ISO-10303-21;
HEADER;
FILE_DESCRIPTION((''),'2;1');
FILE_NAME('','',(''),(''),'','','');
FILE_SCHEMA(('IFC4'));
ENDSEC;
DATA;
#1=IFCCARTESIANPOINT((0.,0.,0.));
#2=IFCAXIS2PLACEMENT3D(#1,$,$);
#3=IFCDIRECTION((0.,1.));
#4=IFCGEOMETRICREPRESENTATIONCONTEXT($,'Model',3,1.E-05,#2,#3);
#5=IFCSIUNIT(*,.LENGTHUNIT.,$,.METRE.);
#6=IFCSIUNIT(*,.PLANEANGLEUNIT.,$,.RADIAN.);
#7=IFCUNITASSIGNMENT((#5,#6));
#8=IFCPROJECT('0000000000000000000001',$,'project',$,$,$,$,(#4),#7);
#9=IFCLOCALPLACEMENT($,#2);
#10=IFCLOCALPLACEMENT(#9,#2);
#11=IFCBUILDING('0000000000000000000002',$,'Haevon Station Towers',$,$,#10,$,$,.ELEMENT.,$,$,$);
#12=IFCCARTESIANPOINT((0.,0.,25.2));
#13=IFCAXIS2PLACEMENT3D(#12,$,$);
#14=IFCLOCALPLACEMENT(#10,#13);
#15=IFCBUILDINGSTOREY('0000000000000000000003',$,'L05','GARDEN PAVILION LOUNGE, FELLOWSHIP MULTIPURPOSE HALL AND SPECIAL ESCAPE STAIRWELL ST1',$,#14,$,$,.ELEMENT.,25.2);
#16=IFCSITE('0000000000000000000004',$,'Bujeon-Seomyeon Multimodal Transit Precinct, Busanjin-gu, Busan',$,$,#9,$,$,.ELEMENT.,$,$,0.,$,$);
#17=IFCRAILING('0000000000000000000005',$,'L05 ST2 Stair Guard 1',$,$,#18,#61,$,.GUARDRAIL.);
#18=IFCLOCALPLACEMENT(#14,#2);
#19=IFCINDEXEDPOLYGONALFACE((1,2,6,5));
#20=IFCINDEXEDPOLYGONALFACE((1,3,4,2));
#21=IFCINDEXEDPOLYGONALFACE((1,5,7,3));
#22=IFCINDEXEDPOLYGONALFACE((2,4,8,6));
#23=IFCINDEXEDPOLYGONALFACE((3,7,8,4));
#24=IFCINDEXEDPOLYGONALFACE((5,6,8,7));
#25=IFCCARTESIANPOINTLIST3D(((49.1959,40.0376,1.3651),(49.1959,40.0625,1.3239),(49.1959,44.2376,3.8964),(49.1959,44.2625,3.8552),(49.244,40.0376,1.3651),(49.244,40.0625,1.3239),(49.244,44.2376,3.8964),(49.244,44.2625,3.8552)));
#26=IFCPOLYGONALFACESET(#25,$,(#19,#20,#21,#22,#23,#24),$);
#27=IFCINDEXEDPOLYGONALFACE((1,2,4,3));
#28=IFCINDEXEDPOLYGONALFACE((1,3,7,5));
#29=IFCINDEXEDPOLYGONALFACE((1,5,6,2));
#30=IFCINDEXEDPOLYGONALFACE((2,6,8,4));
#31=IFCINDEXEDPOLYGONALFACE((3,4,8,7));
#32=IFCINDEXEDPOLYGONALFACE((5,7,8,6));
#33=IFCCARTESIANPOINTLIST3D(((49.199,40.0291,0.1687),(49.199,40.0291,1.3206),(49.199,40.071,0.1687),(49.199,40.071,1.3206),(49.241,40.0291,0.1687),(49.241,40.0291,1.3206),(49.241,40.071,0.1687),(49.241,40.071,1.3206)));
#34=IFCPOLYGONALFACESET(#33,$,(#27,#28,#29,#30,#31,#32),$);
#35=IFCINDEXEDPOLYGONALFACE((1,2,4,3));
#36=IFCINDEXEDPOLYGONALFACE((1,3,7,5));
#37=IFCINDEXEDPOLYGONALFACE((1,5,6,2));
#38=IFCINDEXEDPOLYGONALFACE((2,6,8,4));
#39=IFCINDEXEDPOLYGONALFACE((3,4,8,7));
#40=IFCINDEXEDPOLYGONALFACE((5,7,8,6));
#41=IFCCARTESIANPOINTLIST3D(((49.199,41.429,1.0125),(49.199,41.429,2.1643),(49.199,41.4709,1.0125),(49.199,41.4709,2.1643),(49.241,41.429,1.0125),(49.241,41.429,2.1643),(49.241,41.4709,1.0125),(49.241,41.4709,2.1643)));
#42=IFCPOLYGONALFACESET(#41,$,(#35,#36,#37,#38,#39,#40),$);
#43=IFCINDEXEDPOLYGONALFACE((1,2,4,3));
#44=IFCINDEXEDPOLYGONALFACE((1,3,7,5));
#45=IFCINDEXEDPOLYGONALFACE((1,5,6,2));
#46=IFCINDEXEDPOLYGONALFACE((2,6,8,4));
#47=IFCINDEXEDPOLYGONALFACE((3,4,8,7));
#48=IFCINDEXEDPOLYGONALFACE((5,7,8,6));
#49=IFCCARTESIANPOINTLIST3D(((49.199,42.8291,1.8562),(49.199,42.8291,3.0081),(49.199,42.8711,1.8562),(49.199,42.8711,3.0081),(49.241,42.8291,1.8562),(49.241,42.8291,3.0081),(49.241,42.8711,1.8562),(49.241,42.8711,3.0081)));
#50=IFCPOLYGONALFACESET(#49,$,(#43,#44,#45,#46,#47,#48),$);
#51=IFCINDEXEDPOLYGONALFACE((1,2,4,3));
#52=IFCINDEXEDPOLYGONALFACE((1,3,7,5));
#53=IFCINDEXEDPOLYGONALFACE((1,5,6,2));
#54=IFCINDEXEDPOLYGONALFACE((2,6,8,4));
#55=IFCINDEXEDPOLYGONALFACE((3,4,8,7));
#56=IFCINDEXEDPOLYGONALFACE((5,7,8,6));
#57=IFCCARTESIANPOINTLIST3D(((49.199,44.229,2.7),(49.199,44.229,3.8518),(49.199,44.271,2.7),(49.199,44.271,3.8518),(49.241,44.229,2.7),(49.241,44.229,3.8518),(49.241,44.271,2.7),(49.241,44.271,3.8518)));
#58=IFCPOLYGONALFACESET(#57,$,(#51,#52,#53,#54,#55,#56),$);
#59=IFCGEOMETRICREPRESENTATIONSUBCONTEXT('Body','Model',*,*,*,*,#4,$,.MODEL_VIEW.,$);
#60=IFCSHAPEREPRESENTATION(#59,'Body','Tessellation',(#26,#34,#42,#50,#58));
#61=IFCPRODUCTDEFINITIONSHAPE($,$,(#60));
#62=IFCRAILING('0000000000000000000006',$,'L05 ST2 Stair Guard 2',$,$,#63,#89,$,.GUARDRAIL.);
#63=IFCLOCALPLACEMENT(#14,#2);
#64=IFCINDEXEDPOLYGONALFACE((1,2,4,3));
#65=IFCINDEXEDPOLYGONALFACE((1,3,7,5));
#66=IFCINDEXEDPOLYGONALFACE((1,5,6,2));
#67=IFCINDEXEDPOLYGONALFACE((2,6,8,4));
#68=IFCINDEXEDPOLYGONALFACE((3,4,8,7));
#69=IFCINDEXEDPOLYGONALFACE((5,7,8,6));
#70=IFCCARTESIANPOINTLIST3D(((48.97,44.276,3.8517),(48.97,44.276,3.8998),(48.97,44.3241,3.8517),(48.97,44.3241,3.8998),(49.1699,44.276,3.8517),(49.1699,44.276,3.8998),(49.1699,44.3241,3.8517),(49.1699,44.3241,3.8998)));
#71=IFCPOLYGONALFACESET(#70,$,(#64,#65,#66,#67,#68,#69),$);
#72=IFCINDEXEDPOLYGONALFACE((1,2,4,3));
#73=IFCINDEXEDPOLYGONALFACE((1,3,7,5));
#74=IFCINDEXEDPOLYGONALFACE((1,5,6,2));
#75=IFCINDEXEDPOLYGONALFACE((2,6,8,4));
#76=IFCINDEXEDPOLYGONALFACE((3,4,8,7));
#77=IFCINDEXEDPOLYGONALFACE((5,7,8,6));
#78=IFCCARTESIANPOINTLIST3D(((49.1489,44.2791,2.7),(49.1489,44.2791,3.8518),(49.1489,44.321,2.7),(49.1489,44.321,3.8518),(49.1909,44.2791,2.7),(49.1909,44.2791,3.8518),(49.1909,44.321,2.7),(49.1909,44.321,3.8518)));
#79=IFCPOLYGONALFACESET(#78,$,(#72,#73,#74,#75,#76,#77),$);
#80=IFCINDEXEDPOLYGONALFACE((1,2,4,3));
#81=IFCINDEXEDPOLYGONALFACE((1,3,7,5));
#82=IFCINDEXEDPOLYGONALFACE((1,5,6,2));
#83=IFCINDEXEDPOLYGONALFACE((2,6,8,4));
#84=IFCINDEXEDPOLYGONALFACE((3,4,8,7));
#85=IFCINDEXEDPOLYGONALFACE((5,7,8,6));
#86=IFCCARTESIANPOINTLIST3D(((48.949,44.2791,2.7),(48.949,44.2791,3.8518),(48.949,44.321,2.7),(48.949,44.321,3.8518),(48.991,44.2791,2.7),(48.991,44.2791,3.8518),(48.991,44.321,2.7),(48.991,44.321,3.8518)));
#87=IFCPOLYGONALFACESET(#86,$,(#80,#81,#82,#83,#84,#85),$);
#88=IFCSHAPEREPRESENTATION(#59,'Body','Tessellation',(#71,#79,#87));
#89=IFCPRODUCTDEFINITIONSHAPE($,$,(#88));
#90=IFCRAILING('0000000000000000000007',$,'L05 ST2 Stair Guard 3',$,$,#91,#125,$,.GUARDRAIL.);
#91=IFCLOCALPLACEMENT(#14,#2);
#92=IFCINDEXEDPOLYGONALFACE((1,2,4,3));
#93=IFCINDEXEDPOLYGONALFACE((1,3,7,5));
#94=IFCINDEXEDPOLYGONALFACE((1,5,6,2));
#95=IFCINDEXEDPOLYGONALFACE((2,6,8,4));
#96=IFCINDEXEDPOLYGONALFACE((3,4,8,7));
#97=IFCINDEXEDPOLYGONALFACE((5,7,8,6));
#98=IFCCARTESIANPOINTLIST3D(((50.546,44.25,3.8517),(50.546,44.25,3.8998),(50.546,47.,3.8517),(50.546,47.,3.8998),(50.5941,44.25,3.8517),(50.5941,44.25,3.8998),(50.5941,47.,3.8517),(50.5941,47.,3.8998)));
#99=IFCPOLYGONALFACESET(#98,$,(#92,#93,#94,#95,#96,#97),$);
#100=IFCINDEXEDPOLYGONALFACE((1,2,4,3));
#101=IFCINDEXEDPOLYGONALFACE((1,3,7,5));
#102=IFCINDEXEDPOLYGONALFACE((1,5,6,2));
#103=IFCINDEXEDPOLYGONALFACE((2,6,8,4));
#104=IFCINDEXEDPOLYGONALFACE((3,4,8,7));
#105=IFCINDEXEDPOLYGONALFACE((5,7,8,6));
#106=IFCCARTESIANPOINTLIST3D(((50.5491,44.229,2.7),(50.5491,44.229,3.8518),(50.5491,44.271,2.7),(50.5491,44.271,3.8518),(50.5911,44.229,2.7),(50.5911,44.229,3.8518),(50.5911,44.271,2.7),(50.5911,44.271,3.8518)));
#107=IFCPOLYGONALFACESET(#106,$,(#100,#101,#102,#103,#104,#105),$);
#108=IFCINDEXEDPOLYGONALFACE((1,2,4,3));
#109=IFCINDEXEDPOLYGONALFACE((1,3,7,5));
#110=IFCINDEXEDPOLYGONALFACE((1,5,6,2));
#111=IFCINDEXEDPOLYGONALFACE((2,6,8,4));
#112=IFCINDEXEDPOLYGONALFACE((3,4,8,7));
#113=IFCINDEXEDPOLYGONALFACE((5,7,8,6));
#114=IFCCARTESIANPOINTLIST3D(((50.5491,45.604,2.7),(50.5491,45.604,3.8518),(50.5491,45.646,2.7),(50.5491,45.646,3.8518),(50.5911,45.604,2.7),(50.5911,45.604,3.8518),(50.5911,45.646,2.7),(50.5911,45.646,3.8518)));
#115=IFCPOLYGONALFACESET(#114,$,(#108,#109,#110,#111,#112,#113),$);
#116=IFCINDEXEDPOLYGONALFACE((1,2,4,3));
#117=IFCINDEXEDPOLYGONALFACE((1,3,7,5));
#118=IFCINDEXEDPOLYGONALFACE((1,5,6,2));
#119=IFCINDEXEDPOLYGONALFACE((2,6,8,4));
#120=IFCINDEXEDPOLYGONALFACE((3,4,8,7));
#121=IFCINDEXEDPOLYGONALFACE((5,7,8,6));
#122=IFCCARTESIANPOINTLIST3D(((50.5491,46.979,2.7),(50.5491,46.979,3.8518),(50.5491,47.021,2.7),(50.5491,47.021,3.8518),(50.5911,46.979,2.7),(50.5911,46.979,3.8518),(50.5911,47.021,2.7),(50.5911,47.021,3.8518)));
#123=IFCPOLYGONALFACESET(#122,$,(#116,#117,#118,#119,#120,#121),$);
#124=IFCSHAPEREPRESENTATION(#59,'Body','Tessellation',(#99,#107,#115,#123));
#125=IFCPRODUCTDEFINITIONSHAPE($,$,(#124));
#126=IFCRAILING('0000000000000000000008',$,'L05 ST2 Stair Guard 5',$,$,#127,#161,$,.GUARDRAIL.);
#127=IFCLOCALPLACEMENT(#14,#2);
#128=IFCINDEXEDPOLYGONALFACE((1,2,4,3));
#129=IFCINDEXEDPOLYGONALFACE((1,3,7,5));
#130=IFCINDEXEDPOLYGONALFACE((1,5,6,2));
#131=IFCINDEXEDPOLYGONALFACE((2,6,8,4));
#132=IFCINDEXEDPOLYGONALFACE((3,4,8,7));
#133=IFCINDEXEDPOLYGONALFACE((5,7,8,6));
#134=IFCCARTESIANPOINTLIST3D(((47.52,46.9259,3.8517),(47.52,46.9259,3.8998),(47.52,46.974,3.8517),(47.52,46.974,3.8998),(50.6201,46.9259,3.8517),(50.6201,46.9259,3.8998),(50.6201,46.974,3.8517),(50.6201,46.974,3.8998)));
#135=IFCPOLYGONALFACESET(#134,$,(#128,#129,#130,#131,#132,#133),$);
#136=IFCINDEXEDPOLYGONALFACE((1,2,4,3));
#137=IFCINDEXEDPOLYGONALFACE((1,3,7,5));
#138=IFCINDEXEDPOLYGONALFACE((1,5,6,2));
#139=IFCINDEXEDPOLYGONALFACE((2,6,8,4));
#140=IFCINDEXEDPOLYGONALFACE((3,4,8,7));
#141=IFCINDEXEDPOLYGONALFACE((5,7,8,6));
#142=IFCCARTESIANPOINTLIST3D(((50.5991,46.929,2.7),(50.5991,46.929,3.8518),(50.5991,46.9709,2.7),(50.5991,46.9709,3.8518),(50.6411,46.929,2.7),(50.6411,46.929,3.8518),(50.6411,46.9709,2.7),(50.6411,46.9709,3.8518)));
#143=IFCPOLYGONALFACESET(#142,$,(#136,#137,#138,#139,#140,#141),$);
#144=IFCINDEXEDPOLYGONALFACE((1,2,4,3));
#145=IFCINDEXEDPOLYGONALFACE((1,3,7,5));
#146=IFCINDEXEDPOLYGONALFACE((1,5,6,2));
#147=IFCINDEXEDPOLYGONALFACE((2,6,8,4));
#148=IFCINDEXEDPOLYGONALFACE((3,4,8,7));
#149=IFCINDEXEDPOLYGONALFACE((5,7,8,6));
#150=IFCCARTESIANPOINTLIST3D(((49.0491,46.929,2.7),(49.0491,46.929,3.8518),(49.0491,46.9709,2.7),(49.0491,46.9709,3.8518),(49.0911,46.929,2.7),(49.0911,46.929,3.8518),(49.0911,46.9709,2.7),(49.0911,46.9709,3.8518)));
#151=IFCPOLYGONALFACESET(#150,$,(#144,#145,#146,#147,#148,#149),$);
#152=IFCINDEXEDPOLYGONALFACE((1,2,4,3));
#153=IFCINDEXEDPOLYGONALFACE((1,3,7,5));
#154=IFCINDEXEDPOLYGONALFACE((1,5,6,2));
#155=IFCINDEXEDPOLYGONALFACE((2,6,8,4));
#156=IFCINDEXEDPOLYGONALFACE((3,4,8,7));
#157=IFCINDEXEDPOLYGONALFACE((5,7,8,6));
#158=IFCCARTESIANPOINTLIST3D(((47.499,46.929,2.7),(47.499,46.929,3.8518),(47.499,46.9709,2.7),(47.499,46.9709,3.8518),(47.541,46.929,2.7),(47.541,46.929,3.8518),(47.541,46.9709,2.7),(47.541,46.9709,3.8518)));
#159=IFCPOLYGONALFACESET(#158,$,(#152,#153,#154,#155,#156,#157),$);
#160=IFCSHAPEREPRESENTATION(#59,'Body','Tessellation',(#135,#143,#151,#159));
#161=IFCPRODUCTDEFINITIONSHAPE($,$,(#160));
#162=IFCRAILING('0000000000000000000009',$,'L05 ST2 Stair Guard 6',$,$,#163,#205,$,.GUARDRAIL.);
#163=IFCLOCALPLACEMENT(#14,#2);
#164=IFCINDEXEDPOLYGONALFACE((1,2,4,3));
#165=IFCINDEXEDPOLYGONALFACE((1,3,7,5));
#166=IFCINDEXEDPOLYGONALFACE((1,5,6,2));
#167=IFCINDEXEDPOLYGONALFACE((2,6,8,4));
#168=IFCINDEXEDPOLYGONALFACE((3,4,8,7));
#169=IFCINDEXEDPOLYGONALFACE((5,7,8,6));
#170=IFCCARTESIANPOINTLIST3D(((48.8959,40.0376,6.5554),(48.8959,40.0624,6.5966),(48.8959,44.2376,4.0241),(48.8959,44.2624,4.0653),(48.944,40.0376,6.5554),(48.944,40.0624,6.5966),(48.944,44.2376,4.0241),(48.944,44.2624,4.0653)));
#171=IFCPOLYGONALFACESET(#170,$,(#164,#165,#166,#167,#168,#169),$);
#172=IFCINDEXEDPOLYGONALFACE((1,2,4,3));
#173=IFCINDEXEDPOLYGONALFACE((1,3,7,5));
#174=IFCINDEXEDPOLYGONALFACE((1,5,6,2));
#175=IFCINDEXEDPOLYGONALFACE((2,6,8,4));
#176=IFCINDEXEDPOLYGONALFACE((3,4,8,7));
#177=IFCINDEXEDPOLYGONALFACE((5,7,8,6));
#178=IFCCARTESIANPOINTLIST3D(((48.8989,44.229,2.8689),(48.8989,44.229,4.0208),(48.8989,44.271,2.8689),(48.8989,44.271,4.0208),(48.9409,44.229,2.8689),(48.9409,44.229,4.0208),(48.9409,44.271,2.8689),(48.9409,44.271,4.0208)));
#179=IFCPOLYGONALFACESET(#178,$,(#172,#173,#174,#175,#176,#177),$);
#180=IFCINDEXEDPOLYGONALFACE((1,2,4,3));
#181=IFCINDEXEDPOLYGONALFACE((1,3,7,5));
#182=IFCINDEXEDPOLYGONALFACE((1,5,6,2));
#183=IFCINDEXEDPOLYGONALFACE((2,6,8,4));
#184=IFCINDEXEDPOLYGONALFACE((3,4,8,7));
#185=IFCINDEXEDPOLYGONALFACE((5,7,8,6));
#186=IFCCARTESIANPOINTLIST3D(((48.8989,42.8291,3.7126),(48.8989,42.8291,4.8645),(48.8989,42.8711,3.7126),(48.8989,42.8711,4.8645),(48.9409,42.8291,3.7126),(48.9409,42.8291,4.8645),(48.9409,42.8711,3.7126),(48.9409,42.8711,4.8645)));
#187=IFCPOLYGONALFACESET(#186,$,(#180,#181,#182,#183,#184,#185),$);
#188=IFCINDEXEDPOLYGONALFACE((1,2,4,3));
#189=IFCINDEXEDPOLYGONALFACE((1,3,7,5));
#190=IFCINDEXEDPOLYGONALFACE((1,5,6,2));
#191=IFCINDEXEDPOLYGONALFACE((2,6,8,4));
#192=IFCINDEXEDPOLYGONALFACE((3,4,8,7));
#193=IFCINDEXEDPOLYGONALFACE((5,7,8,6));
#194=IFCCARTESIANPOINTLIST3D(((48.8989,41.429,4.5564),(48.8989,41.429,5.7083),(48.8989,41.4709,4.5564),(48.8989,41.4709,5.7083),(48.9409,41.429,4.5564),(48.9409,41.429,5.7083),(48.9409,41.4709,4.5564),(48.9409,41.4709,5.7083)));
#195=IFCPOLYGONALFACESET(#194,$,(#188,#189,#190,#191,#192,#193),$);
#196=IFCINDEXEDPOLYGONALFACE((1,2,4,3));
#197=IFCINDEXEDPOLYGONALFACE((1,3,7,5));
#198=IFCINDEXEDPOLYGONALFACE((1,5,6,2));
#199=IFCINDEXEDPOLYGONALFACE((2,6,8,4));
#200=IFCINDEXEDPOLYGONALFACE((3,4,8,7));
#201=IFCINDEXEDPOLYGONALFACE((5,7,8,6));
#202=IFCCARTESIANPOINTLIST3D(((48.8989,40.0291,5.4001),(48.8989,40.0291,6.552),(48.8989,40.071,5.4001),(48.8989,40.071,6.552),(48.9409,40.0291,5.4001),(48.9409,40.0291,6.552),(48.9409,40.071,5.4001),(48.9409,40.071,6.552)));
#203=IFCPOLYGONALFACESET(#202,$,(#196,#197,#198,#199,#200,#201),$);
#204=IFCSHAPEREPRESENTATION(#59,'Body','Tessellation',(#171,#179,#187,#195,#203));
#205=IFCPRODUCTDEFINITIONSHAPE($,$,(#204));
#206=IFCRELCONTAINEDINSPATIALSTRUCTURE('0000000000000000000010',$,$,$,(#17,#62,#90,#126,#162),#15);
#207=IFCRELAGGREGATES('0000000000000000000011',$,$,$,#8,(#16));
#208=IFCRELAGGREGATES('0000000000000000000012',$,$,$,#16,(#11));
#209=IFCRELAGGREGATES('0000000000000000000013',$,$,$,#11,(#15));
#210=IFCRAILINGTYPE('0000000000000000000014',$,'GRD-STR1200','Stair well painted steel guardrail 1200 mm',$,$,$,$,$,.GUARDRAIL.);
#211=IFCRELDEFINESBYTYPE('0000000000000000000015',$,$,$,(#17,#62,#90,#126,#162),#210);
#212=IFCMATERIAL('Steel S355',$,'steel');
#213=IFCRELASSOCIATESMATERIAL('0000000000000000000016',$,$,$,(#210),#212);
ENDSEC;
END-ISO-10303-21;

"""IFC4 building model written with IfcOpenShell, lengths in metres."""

from ifc_helpers import new_model, si_unit, direction, frame, origin, origin_2d, place, context, subcontext, project, spatial, rectangle, extrude, material, type_object, element, save


model = new_model("IFC4")

# Units and contexts
model_context = context("Model", 3, precision=1e-05, world=origin(), true_north=direction((0.0, 1.0)))
body_context = subcontext(model_context, "Body", "Model", "MODEL_VIEW")
ifc_project = project(units=[si_unit("LENGTHUNIT", "METRE"), si_unit("PLANEANGLEUNIT", "RADIAN")], contexts=[model_context])

# Site, building, storey
site_placement = place(None, origin())
site = spatial("IfcSite", under=ifc_project, at=site_placement, Name="Bujeon-Seomyeon Multimodal Transit Precinct, Busanjin-gu, Busan", CompositionType="ELEMENT", RefElevation=0.0)
building_placement = place(site_placement, origin())
building = spatial("IfcBuilding", under=site, at=building_placement, Name="Haevon Station Towers", CompositionType="ELEMENT")
storey_placement = place(building_placement, frame((0.0, 0.0, 25.2)))
storey = spatial("IfcBuildingStorey", under=building, at=storey_placement, Name="L05", Description="GARDEN PAVILION LOUNGE, FELLOWSHIP MULTIPURPOSE HALL AND SPECIAL ESCAPE STAIRWELL ST1", CompositionType="ELEMENT", Elevation=25.2)

# Shared definitions
ifc_material_1 = material(Name="Steel S355", Category="steel")

# Railings
railing_type_1 = type_object("IfcRailingType", Name="GRD-STR1200", Description="Stair well painted steel guardrail 1200 mm", PredefinedType="GUARDRAIL", material=ifc_material_1)
railing_1_placement = place(storey_placement, frame((49.22, 40.05, 0.1687)))
element("IfcRailing", 1, at=railing_1_placement, inside=storey, type_object=railing_type_1, Name="L05 ST2 Stair Guard 1", PredefinedType="GUARDRAIL", context=body_context, shape_type="SweptSolid", body=[
    extrude(rectangle(XDim=0.0481, YDim=0.0481, at=origin_2d()), frame((0.0, 0.0, 1.1758), z_axis=(0.0, 0.856476, 0.516186), x_axis=(-1.0, 0.0, 0.0)), (0.0, 0.0, 1.0), 4.9038),
    extrude(rectangle(XDim=0.042, YDim=0.042, at=origin_2d()), origin(), (0.0, 0.0, 1.0), 1.1519),
    extrude(rectangle(XDim=0.042, YDim=0.042, at=origin_2d()), frame((0.0, 1.3999, 0.8438)), (0.0, 0.0, 1.0), 1.1519),
    extrude(rectangle(XDim=0.042, YDim=0.042, at=origin_2d()), frame((0.0, 2.8, 1.6875)), (0.0, 0.0, 1.0), 1.1519),
    extrude(rectangle(XDim=0.042, YDim=0.042, at=origin_2d()), frame((0.0, 4.2, 2.5312)), (0.0, 0.0, 1.0), 1.1519),
])
railing_2_placement = place(storey_placement, frame((49.1699, 44.3, 2.7)))
element("IfcRailing", 2, at=railing_2_placement, inside=storey, type_object=railing_type_1, Name="L05 ST2 Stair Guard 2", PredefinedType="GUARDRAIL", context=body_context, shape_type="SweptSolid", body=[
    extrude(rectangle(XDim=0.0481, YDim=0.0481, at=origin_2d()), frame((0.0, 0.0, 1.1758), z_axis=(-1.0, 0.0, 0.0), x_axis=(0.0, -1.0, 0.0)), (0.0, 0.0, 1.0), 0.2),
    extrude(rectangle(XDim=0.042, YDim=0.042, at=origin_2d()), origin(), (0.0, 0.0, 1.0), 1.1519),
    extrude(rectangle(XDim=0.042, YDim=0.042, at=origin_2d()), frame((-0.2, 0.0, 0.0)), (0.0, 0.0, 1.0), 1.1519),
])
railing_3_placement = place(storey_placement, frame((50.5701, 44.25, 2.7)))
element("IfcRailing", 3, at=railing_3_placement, inside=storey, type_object=railing_type_1, Name="L05 ST2 Stair Guard 3", PredefinedType="GUARDRAIL", context=body_context, shape_type="SweptSolid", body=[
    extrude(rectangle(XDim=0.0481, YDim=0.0481, at=origin_2d()), frame((0.0, 0.0, 1.1758), z_axis=(0.0, 1.0, 0.0), x_axis=(-1.0, 0.0, 0.0)), (0.0, 0.0, 1.0), 2.75),
    extrude(rectangle(XDim=0.042, YDim=0.042, at=origin_2d()), origin(), (0.0, 0.0, 1.0), 1.1519),
    extrude(rectangle(XDim=0.042, YDim=0.042, at=origin_2d()), frame((0.0, 1.375, 0.0)), (0.0, 0.0, 1.0), 1.1519),
    extrude(rectangle(XDim=0.042, YDim=0.042, at=origin_2d()), frame((0.0, 2.75, 0.0)), (0.0, 0.0, 1.0), 1.1519),
])
railing_4_placement = place(storey_placement, frame((50.6201, 46.95, 2.7)))
element("IfcRailing", 4, at=railing_4_placement, inside=storey, type_object=railing_type_1, Name="L05 ST2 Stair Guard 5", PredefinedType="GUARDRAIL", context=body_context, shape_type="SweptSolid", body=[
    extrude(rectangle(XDim=0.0481, YDim=0.0481, at=origin_2d()), frame((0.0, 0.0, 1.1758), z_axis=(-1.0, 0.0, 0.0), x_axis=(0.0, -1.0, 0.0)), (0.0, 0.0, 1.0), 3.1001),
    extrude(rectangle(XDim=0.042, YDim=0.042, at=origin_2d()), origin(), (0.0, 0.0, 1.0), 1.1519),
    extrude(rectangle(XDim=0.042, YDim=0.042, at=origin_2d()), frame((-1.55, 0.0, 0.0)), (0.0, 0.0, 1.0), 1.1519),
    extrude(rectangle(XDim=0.042, YDim=0.042, at=origin_2d()), frame((-3.1001, 0.0, 0.0)), (0.0, 0.0, 1.0), 1.1519),
])
railing_5_placement = place(storey_placement, frame((48.9199, 44.25, 2.8689)))
element("IfcRailing", 5, at=railing_5_placement, inside=storey, type_object=railing_type_1, Name="L05 ST2 Stair Guard 6", PredefinedType="GUARDRAIL", context=body_context, shape_type="SweptSolid", body=[
    extrude(rectangle(XDim=0.0481, YDim=0.0481, at=origin_2d()), frame((0.0, 0.0, 1.1758), z_axis=(0.0, -0.856476, 0.516186), x_axis=(1.0, 0.0, 0.0)), (0.0, 0.0, 1.0), 4.9038),
    extrude(rectangle(XDim=0.042, YDim=0.042, at=origin_2d()), origin(), (0.0, 0.0, 1.0), 1.1519),
    extrude(rectangle(XDim=0.042, YDim=0.042, at=origin_2d()), frame((0.0, -1.3999, 0.8438)), (0.0, 0.0, 1.0), 1.1519),
    extrude(rectangle(XDim=0.042, YDim=0.042, at=origin_2d()), frame((0.0, -2.8, 1.6875)), (0.0, 0.0, 1.0), 1.1519),
    extrude(rectangle(XDim=0.042, YDim=0.042, at=origin_2d()), frame((0.0, -4.2, 2.5312)), (0.0, 0.0, 1.0), 1.1519),
])

save(model, "model.ifc")
